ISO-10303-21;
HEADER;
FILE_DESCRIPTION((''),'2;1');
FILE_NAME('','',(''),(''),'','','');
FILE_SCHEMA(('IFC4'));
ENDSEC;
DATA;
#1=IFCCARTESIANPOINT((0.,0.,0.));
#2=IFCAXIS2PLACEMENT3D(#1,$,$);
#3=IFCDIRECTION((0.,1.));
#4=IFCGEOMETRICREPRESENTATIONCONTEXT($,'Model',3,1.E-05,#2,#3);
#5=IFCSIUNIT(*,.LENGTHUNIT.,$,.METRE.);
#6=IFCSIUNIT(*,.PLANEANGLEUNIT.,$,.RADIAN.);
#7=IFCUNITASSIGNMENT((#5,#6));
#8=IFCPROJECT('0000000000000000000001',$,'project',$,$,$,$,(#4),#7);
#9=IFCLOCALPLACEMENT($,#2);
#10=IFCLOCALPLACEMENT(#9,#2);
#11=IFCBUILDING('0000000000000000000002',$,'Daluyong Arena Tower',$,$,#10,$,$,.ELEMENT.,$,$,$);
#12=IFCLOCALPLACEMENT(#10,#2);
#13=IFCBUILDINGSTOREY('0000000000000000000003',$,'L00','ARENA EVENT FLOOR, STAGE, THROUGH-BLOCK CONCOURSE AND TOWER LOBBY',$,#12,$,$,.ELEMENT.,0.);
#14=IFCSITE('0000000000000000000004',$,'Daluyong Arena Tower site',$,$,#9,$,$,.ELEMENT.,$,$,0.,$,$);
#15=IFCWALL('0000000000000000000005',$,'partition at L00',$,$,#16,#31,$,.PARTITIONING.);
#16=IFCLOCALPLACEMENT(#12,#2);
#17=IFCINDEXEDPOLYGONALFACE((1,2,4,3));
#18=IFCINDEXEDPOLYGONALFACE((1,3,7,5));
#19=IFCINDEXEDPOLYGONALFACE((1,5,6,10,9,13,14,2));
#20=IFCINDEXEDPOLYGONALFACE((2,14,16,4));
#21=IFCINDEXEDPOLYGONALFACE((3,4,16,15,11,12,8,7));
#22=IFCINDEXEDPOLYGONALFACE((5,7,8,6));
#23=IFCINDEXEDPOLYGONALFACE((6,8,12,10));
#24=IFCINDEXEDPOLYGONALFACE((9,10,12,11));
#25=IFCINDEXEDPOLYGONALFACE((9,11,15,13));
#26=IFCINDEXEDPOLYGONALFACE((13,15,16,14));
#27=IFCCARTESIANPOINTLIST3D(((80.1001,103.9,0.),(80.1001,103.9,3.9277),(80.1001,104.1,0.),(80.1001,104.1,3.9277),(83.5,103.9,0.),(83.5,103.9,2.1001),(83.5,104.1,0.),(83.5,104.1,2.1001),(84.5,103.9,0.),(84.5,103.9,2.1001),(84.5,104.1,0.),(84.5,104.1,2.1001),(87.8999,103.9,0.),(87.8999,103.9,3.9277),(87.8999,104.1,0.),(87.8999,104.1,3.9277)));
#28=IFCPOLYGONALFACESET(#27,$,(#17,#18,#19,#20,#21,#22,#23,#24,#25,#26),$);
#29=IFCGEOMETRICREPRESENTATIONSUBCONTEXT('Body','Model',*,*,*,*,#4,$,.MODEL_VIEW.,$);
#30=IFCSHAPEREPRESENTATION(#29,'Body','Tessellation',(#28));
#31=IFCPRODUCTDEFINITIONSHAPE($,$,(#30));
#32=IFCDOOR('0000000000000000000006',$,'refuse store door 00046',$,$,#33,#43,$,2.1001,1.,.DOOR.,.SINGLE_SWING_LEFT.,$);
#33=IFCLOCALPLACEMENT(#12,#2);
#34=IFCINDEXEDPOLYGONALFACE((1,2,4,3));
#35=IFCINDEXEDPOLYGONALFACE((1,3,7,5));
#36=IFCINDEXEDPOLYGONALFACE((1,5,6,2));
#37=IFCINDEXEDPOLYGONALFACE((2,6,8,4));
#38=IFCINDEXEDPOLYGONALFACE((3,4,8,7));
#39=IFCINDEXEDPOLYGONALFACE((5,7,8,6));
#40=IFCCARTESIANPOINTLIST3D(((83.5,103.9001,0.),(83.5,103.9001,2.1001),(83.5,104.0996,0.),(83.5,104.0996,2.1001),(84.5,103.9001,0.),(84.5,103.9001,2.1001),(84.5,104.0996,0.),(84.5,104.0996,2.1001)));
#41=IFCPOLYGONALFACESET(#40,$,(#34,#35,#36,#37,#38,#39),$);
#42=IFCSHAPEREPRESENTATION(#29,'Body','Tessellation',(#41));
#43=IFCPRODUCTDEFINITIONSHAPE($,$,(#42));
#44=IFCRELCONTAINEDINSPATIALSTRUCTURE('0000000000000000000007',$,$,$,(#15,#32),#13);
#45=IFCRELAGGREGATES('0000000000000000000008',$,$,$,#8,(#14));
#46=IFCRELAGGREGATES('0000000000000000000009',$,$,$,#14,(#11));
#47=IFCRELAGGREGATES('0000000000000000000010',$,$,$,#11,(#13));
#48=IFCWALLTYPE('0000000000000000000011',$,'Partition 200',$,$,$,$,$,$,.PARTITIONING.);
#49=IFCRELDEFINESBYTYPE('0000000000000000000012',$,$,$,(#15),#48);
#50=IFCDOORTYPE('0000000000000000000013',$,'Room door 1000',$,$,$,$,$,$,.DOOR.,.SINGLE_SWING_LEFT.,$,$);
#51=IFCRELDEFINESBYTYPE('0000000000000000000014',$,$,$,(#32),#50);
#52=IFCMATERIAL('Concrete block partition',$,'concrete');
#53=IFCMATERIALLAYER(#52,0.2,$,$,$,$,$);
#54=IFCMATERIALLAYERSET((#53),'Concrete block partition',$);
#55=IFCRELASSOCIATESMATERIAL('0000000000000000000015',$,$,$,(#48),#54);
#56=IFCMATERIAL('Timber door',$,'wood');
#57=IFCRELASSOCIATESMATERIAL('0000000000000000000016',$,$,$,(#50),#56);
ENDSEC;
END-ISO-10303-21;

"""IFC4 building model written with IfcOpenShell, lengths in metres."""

from ifc_helpers import new_model, si_unit, direction, frame, frame_2d, origin, place, context, subcontext, project, spatial, rectangle, extrude, material, layer, layer_set, type_object, element, fill, save


model = new_model("IFC4")

# Units and contexts
model_context = context("Model", 3, precision=1e-05, world=origin(), true_north=direction((0.0, 1.0)))
body_context = subcontext(model_context, "Body", "Model", "MODEL_VIEW")
ifc_project = project(units=[si_unit("LENGTHUNIT", "METRE"), si_unit("PLANEANGLEUNIT", "RADIAN")], contexts=[model_context])

# Site, building, storey
site_placement = place(None, origin())
site = spatial("IfcSite", under=ifc_project, at=site_placement, Name="Daluyong Arena Tower site", CompositionType="ELEMENT", RefElevation=0.0)
building_placement = place(site_placement, origin())
building = spatial("IfcBuilding", under=site, at=building_placement, Name="Daluyong Arena Tower", CompositionType="ELEMENT")
storey_placement = place(building_placement, origin())
storey = spatial("IfcBuildingStorey", under=building, at=storey_placement, Name="L00", Description="ARENA EVENT FLOOR, STAGE, THROUGH-BLOCK CONCOURSE AND TOWER LOBBY", CompositionType="ELEMENT", Elevation=0.0)

# Wall, opening, door
ifc_material_1 = material(Name="Concrete block partition", Category="concrete")
ifc_layer_1 = layer(ifc_material_1, 0.2)
ifc_layer_set_1 = layer_set([ifc_layer_1], Name="Concrete block partition")
wall_type = type_object("IfcWallType", Name="Partition 200", PredefinedType="PARTITIONING", material=ifc_layer_set_1)
wall_placement = place(storey_placement, frame((80.1001, 104.0, 0.0), z_axis=(0.0, 0.0, 1.0), x_axis=(1.0, 0.0, 0.0)))
wall = element("IfcWall", 1, at=wall_placement, inside=storey, type_object=wall_type, Name="partition at L00", PredefinedType="PARTITIONING", context=body_context, shape_type="SweptSolid", body=[
    extrude(rectangle(XDim=7.7998, YDim=0.2, at=frame_2d((3.8999, 0.0))), origin(), (0.0, 0.0, 1.0), 3.9277),
])
opening_placement = place(wall_placement, frame((3.3999, 0.0, 0.0)))
opening = element("IfcOpeningElement", 2, at=opening_placement, cuts=wall, PredefinedType="OPENING", context=body_context, shape_type="SweptSolid", body=[
    extrude(rectangle(XDim=1.0, YDim=2.1001, at=frame_2d((0.5, 1.05))), frame((0.0, 0.1099, 0.0), z_axis=(0.0, -1.0, 0.0), x_axis=(1.0, 0.0, 0.0)), (0.0, 0.0, 1.0), 0.22),
])
ifc_material_2 = material(Name="Timber door", Category="wood")
door_type = type_object("IfcDoorType", Name="Room door 1000", OperationType="SINGLE_SWING_LEFT", PredefinedType="DOOR", material=ifc_material_2)
door_placement = place(opening_placement, origin())
door = element("IfcDoor", 3, at=door_placement, inside=storey, type_object=door_type, Name="refuse store door 00046", OperationType="SINGLE_SWING_LEFT", OverallHeight=2.1001, OverallWidth=1.0, PredefinedType="DOOR", context=body_context, shape_type="SweptSolid", body=[
    extrude(rectangle(XDim=1.0, YDim=2.1001, at=frame_2d((0.5, 1.05))), frame((0.0, 0.0996, 0.0), z_axis=(0.0, -1.0, 0.0), x_axis=(1.0, 0.0, 0.0)), (0.0, 0.0, 1.0), 0.1995),
])
fill(opening, door)

save(model, "model.ifc")
